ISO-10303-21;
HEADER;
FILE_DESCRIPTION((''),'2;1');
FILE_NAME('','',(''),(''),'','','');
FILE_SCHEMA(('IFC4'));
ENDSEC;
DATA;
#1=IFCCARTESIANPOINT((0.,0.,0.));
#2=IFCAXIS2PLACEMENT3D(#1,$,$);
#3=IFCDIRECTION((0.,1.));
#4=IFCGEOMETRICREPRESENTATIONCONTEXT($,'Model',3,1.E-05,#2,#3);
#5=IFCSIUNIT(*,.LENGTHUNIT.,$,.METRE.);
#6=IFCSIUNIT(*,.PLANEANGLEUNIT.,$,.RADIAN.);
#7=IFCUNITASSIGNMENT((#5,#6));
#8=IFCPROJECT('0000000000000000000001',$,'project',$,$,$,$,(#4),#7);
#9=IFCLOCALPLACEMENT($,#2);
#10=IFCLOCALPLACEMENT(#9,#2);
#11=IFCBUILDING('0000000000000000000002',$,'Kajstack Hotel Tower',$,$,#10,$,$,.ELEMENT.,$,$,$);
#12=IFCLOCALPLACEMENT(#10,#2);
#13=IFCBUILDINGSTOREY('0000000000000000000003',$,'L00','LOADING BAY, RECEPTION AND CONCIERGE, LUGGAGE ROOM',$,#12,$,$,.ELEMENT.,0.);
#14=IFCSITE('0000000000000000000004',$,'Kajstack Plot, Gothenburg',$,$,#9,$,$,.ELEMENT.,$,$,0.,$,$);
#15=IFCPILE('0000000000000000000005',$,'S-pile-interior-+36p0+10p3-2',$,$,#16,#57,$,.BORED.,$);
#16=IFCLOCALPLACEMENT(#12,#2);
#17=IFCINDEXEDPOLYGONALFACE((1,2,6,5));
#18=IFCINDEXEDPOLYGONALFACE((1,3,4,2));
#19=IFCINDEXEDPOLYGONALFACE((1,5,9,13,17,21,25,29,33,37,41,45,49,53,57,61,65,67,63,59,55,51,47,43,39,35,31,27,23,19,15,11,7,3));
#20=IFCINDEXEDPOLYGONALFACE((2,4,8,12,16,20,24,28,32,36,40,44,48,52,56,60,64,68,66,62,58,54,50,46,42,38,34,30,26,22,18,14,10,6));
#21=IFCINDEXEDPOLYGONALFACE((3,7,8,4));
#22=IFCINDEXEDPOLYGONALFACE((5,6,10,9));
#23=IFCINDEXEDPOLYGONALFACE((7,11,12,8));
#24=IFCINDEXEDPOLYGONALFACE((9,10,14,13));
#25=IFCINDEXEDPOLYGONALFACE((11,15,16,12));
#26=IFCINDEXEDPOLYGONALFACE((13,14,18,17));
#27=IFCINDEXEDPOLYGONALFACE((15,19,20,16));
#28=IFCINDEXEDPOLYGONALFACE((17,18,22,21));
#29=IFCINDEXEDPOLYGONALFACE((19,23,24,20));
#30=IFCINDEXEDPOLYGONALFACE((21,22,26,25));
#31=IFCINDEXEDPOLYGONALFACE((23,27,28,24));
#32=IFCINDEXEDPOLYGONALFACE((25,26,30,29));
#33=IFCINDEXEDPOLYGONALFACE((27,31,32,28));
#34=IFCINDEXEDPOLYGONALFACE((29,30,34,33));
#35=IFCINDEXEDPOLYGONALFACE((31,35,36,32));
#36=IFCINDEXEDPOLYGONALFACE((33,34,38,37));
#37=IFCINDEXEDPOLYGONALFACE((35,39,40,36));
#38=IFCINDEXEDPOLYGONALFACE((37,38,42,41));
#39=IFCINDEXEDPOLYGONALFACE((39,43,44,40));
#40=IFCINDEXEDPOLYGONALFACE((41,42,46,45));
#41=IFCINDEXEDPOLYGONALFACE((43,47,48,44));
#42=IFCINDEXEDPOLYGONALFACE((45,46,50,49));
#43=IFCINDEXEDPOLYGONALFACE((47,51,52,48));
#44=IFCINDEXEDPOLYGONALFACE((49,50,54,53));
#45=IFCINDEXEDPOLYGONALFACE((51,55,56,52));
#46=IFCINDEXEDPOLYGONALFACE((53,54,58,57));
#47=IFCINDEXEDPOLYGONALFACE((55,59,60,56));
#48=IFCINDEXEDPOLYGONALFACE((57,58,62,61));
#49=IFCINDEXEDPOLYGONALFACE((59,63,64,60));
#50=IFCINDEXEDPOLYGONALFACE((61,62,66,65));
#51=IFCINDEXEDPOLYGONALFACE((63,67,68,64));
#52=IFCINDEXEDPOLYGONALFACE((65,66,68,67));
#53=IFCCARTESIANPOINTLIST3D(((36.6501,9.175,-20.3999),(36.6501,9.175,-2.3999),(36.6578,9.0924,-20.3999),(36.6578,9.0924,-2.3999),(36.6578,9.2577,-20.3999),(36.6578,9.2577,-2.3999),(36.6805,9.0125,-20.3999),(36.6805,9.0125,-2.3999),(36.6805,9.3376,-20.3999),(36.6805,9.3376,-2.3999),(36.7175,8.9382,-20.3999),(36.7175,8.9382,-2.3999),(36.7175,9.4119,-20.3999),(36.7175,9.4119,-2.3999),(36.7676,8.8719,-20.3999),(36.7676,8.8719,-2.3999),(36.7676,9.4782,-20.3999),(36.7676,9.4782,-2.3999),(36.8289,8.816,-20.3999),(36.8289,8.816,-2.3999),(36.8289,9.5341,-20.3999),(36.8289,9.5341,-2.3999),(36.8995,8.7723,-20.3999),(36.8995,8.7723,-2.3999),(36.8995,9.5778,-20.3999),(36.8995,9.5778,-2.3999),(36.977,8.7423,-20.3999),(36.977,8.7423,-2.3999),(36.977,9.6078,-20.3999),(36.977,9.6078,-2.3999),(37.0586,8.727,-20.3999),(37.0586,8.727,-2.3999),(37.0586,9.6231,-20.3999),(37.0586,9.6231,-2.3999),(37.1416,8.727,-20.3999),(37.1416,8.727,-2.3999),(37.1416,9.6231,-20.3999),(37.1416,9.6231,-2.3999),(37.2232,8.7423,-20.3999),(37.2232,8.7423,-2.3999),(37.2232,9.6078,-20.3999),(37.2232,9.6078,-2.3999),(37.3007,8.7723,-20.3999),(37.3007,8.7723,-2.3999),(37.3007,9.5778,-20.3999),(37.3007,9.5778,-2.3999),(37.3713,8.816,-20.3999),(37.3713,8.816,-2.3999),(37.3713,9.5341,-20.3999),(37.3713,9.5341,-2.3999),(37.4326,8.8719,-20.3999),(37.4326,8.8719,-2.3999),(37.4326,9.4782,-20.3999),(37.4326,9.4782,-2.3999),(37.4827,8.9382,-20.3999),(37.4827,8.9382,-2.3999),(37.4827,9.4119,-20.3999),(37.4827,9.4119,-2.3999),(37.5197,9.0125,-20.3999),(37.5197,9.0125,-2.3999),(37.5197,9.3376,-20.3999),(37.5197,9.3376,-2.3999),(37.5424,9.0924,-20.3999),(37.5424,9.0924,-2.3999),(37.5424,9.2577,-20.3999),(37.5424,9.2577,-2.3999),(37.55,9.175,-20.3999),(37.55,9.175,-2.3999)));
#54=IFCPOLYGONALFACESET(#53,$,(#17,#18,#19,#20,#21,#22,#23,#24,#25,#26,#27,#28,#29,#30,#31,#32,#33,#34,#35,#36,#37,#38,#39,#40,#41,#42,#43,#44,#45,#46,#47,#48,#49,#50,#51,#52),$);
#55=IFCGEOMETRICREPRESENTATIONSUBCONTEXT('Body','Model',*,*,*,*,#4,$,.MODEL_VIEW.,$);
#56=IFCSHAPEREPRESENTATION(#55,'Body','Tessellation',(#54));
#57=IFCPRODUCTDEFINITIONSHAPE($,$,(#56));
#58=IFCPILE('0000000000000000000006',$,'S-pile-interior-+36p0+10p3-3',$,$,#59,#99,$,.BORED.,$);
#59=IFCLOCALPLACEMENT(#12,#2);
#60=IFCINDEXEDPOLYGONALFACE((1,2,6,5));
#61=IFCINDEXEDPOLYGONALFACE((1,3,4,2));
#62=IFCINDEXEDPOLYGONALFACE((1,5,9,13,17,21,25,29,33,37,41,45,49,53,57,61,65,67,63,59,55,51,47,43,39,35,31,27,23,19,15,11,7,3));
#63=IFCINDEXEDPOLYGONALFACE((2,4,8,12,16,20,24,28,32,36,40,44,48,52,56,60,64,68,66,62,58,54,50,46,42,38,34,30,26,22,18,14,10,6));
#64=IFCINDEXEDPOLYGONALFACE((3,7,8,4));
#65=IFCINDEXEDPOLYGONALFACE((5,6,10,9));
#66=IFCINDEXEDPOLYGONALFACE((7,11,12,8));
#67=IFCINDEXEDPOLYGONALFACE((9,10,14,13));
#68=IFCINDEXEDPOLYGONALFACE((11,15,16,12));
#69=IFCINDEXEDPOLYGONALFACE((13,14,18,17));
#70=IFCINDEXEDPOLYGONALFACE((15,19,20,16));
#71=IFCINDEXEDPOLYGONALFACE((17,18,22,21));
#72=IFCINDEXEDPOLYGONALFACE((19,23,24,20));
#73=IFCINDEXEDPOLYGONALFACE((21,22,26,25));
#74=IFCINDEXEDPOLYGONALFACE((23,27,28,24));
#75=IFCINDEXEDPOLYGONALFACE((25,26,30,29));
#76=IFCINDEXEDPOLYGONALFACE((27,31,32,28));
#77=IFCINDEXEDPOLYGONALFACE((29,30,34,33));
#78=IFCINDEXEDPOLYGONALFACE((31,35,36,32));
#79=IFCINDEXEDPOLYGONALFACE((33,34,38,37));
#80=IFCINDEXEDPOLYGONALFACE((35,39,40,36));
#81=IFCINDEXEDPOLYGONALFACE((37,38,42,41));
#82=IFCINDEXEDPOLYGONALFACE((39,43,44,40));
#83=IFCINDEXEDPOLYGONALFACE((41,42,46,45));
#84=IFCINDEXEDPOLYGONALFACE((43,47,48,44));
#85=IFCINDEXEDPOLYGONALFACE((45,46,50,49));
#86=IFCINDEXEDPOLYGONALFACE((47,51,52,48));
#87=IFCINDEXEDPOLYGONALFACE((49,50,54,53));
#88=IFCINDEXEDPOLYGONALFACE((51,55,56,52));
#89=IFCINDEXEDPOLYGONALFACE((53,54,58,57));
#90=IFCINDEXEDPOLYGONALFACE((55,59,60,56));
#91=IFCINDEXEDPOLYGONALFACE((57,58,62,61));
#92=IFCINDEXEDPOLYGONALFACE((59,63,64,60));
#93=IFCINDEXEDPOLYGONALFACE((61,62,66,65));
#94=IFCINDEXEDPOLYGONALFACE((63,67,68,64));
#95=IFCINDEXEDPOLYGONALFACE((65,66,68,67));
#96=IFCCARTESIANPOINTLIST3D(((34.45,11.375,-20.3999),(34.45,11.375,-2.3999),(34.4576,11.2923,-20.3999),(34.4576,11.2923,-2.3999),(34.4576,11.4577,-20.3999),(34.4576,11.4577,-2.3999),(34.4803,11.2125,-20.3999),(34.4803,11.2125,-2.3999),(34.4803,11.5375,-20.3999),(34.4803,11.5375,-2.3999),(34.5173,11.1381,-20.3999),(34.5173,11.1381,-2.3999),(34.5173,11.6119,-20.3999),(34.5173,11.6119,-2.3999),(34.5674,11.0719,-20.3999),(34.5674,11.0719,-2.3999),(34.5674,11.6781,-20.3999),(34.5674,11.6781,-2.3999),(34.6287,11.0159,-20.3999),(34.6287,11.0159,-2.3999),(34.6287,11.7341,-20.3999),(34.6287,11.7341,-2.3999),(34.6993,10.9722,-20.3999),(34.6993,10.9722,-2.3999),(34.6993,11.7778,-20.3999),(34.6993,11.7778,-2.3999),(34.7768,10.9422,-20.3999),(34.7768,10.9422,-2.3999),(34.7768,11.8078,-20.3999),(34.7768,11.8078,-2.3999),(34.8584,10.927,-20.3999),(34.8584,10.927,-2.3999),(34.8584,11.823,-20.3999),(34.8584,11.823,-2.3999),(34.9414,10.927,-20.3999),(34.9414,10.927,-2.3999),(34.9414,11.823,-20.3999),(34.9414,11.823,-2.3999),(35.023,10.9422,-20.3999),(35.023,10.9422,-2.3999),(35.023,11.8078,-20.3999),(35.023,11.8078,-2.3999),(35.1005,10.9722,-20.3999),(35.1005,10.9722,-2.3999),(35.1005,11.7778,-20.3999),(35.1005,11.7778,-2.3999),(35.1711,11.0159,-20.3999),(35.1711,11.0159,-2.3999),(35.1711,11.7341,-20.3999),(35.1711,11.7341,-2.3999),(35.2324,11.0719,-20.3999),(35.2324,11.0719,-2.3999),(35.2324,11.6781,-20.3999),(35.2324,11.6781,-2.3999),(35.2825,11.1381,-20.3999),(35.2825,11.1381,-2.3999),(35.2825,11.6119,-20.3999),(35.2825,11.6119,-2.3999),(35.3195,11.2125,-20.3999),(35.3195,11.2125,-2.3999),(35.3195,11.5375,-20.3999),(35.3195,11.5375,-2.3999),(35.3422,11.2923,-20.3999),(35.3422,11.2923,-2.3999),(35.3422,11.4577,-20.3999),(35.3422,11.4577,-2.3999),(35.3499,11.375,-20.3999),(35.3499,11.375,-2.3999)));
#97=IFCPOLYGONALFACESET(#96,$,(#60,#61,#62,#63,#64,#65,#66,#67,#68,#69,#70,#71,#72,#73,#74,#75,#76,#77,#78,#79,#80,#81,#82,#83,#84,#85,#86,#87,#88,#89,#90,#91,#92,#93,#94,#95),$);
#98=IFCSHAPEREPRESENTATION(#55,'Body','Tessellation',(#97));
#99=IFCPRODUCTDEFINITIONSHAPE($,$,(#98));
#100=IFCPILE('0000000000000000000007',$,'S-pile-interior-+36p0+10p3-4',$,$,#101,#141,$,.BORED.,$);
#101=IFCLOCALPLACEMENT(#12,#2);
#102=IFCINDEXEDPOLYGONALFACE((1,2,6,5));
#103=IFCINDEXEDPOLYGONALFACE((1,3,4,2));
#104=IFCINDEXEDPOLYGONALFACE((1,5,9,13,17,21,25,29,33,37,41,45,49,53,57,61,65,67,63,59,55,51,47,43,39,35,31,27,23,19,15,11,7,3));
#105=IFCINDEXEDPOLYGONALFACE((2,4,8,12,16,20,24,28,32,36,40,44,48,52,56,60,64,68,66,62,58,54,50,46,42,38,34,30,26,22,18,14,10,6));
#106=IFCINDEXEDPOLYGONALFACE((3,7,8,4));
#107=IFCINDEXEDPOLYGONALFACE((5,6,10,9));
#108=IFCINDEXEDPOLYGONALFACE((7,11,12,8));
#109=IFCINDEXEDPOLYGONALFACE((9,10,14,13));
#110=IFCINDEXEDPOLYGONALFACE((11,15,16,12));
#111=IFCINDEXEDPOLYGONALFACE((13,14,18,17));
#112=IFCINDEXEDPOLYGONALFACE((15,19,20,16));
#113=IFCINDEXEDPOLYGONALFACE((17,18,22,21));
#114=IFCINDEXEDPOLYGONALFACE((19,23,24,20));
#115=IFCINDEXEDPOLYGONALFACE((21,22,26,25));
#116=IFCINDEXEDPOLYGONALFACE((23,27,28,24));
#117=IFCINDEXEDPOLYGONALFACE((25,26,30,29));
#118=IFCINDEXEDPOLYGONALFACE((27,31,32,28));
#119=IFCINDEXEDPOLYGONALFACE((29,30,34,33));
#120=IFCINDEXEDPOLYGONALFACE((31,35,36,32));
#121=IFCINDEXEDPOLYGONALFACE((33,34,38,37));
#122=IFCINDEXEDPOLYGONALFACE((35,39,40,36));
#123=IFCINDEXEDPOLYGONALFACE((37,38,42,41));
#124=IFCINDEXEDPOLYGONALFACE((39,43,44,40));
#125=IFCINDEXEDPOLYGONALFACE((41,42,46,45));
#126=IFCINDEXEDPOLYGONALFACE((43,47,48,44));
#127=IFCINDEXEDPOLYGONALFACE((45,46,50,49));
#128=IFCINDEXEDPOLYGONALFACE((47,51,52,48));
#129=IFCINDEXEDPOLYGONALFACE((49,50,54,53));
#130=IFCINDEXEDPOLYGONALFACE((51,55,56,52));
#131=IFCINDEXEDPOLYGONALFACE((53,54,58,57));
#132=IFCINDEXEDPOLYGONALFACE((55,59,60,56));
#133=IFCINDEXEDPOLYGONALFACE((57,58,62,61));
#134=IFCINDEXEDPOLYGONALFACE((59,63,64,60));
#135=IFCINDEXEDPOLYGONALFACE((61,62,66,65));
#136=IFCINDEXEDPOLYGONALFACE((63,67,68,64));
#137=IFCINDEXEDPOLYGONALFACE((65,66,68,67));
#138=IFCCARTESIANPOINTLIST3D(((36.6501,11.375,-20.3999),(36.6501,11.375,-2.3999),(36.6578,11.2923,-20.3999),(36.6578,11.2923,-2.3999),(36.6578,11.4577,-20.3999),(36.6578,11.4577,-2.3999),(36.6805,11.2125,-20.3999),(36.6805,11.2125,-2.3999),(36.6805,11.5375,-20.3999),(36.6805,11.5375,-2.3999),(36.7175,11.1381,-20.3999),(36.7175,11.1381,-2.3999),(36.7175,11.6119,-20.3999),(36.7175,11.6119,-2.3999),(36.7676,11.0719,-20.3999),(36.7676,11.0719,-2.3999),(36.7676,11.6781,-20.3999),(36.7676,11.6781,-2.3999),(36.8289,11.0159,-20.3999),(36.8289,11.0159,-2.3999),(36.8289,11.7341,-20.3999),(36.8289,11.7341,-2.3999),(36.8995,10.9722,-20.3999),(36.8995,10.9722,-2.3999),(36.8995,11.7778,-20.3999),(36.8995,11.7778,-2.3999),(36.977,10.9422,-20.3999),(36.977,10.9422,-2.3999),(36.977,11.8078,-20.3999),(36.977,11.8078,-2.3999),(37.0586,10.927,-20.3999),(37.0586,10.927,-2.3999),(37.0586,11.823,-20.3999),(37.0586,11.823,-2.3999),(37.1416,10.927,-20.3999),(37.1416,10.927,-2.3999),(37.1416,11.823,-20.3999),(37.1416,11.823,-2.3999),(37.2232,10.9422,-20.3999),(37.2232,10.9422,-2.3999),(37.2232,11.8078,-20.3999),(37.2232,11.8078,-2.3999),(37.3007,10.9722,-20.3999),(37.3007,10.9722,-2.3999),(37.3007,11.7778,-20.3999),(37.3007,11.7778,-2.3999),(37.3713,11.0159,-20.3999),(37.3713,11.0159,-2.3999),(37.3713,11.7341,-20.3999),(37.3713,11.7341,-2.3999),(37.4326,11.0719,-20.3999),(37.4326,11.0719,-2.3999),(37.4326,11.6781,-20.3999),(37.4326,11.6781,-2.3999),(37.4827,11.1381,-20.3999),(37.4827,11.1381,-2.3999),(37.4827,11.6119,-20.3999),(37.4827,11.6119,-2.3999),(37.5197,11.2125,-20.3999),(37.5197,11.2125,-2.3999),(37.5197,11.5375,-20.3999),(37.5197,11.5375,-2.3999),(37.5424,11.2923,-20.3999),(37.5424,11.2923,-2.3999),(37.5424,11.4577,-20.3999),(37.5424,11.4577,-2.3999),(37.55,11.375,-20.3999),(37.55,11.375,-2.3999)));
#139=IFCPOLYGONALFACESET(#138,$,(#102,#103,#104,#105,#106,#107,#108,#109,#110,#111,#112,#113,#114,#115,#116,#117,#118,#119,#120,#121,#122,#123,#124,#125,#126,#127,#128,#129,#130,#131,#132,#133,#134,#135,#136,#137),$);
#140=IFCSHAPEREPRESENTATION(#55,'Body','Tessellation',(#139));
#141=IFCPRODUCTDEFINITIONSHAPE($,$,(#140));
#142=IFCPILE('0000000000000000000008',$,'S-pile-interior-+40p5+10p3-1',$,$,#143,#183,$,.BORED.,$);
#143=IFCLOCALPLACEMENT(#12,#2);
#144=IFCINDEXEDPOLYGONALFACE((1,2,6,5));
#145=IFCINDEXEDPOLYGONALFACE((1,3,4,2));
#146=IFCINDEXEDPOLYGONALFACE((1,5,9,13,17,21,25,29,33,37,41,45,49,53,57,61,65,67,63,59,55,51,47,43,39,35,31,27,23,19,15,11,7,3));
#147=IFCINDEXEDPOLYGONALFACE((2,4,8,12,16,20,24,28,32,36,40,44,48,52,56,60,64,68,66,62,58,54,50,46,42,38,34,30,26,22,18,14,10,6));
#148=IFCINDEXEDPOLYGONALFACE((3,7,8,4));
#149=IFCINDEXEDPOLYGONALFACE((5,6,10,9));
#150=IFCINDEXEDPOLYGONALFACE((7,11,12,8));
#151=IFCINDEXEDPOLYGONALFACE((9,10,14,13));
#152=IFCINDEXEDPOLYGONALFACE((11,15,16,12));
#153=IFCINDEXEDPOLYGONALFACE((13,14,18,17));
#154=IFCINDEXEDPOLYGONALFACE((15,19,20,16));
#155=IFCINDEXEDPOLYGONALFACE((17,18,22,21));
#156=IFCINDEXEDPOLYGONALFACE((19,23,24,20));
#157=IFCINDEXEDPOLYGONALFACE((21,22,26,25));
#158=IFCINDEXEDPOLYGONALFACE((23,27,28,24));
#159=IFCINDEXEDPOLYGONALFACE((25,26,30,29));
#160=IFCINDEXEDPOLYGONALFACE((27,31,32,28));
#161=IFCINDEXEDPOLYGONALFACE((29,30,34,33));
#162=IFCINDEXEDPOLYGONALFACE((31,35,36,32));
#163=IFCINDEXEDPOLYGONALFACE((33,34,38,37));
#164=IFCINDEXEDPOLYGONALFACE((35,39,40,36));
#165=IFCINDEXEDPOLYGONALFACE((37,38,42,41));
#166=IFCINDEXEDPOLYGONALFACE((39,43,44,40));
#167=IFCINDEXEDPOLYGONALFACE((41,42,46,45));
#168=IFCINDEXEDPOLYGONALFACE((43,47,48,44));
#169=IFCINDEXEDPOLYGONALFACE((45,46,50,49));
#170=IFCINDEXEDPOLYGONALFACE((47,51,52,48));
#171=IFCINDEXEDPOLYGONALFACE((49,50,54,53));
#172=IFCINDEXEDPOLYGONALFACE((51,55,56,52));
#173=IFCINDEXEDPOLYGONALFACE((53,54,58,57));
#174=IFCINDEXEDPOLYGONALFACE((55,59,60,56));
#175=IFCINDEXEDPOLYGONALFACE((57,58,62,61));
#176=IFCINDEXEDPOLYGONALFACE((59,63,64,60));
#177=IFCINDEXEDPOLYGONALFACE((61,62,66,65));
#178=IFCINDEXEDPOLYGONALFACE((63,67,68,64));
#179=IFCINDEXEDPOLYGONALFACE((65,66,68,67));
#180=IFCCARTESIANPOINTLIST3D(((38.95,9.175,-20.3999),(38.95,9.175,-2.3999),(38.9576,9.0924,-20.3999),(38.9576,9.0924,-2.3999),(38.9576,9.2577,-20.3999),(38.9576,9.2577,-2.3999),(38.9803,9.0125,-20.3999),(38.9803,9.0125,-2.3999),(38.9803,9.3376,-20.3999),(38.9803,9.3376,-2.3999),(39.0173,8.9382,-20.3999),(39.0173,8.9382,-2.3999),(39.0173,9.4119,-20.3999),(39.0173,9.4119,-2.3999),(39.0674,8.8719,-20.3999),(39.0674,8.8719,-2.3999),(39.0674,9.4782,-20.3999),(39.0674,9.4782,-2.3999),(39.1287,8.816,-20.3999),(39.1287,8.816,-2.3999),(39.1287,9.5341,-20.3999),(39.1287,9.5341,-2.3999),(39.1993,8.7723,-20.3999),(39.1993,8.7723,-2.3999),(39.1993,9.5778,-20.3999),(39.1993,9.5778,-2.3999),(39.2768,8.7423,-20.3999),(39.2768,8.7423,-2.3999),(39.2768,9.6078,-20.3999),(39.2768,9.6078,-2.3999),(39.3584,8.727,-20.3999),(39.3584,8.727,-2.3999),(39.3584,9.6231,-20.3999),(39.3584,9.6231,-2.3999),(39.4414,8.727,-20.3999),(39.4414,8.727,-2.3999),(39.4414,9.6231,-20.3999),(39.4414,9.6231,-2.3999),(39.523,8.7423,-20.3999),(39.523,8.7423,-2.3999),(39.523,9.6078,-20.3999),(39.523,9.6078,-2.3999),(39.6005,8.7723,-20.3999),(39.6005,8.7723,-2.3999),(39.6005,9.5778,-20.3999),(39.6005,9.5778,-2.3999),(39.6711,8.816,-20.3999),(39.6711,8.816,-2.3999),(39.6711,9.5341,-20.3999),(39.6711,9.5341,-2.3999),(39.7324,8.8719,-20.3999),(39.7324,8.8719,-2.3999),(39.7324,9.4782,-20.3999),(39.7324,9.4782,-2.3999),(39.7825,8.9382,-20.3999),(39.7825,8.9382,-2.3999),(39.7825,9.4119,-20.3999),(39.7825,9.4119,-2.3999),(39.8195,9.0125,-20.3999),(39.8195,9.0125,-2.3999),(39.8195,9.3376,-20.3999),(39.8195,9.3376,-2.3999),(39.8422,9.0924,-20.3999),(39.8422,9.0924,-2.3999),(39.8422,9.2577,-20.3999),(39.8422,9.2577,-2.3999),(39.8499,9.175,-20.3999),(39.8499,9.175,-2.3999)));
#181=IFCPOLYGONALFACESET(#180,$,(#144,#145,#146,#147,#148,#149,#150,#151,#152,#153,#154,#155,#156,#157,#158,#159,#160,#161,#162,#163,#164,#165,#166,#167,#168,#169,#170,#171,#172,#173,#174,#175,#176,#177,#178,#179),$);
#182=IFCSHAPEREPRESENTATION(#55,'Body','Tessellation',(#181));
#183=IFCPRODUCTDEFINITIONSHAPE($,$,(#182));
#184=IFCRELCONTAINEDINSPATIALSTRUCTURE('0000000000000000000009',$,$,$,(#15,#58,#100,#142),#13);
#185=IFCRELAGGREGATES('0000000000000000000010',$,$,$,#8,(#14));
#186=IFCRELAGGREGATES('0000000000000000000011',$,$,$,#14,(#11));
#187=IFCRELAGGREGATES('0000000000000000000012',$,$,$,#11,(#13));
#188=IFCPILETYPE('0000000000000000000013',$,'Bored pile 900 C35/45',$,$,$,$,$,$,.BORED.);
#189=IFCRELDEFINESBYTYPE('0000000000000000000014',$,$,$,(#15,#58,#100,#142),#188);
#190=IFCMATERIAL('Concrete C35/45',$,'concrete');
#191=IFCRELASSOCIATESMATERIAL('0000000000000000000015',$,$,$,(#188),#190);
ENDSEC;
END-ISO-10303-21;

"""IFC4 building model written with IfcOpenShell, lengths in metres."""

from ifc_helpers import new_model, si_unit, direction, frame, origin, origin_2d, place, context, subcontext, project, spatial, circle, extrude, material, material_profile, profile_set, type_object, element, save


model = new_model("IFC4")

# Units and contexts
model_context = context("Model", 3, precision=1e-05, world=origin(), true_north=direction((0.0, 1.0)))
body_context = subcontext(model_context, "Body", "Model", "MODEL_VIEW")
ifc_project = project(units=[si_unit("LENGTHUNIT", "METRE"), si_unit("PLANEANGLEUNIT", "RADIAN")], contexts=[model_context])

# Site, building, storey
site_placement = place(None, origin())
site = spatial("IfcSite", under=ifc_project, at=site_placement, Name="Kajstack Plot, Gothenburg", CompositionType="ELEMENT", RefElevation=0.0)
building_placement = place(site_placement, origin())
building = spatial("IfcBuilding", under=site, at=building_placement, Name="Kajstack Hotel Tower", CompositionType="ELEMENT")
storey_placement = place(building_placement, origin())
storey = spatial("IfcBuildingStorey", under=building, at=storey_placement, Name="L00", Description="LOADING BAY, RECEPTION AND CONCIERGE, LUGGAGE ROOM", CompositionType="ELEMENT", Elevation=0.0)

# Piles
ifc_material_1 = material(Name="Concrete C35/45", Category="concrete")
ifc_material_profile_1 = material_profile(ifc_material_1, circle(Radius=0.45, at=origin_2d()), Name="RC round 900")
ifc_profile_set_1 = profile_set([ifc_material_profile_1], Name="Concrete C35/45")
pile_type_1 = type_object("IfcPileType", Name="Bored pile 900 C35/45", PredefinedType="BORED", material=ifc_profile_set_1)
for number, where, z_axis, x_axis, name in (
    (1, (37.1001, 9.175, -2.3999), (0.0, 0.0, -1.0), (1.0, 0.0, 0.0), "S-pile-interior-+36p0+10p3-2"),
    (2, (34.8999, 11.375, -2.3999), (0.0, 0.0, -1.0), (1.0, 0.0, 0.0), "S-pile-interior-+36p0+10p3-3"),
    (3, (37.1001, 11.375, -2.3999), (0.0, 0.0, -1.0), (1.0, 0.0, 0.0), "S-pile-interior-+36p0+10p3-4"),
    (4, (39.3999, 9.175, -2.3999), (0.0, 0.0, -1.0), (1.0, 0.0, 0.0), "S-pile-interior-+40p5+10p3-1"),
):
    element("IfcPile", number, at=place(storey_placement, frame(where, z_axis=z_axis, x_axis=x_axis)), inside=storey, type_object=pile_type_1, Name=name, PredefinedType="BORED", context=body_context, shape_type="SweptSolid", body=[
        extrude(circle(Radius=0.45, at=origin_2d()), origin(), (0.0, 0.0, 1.0), 18.0),
    ])

save(model, "model.ifc")
